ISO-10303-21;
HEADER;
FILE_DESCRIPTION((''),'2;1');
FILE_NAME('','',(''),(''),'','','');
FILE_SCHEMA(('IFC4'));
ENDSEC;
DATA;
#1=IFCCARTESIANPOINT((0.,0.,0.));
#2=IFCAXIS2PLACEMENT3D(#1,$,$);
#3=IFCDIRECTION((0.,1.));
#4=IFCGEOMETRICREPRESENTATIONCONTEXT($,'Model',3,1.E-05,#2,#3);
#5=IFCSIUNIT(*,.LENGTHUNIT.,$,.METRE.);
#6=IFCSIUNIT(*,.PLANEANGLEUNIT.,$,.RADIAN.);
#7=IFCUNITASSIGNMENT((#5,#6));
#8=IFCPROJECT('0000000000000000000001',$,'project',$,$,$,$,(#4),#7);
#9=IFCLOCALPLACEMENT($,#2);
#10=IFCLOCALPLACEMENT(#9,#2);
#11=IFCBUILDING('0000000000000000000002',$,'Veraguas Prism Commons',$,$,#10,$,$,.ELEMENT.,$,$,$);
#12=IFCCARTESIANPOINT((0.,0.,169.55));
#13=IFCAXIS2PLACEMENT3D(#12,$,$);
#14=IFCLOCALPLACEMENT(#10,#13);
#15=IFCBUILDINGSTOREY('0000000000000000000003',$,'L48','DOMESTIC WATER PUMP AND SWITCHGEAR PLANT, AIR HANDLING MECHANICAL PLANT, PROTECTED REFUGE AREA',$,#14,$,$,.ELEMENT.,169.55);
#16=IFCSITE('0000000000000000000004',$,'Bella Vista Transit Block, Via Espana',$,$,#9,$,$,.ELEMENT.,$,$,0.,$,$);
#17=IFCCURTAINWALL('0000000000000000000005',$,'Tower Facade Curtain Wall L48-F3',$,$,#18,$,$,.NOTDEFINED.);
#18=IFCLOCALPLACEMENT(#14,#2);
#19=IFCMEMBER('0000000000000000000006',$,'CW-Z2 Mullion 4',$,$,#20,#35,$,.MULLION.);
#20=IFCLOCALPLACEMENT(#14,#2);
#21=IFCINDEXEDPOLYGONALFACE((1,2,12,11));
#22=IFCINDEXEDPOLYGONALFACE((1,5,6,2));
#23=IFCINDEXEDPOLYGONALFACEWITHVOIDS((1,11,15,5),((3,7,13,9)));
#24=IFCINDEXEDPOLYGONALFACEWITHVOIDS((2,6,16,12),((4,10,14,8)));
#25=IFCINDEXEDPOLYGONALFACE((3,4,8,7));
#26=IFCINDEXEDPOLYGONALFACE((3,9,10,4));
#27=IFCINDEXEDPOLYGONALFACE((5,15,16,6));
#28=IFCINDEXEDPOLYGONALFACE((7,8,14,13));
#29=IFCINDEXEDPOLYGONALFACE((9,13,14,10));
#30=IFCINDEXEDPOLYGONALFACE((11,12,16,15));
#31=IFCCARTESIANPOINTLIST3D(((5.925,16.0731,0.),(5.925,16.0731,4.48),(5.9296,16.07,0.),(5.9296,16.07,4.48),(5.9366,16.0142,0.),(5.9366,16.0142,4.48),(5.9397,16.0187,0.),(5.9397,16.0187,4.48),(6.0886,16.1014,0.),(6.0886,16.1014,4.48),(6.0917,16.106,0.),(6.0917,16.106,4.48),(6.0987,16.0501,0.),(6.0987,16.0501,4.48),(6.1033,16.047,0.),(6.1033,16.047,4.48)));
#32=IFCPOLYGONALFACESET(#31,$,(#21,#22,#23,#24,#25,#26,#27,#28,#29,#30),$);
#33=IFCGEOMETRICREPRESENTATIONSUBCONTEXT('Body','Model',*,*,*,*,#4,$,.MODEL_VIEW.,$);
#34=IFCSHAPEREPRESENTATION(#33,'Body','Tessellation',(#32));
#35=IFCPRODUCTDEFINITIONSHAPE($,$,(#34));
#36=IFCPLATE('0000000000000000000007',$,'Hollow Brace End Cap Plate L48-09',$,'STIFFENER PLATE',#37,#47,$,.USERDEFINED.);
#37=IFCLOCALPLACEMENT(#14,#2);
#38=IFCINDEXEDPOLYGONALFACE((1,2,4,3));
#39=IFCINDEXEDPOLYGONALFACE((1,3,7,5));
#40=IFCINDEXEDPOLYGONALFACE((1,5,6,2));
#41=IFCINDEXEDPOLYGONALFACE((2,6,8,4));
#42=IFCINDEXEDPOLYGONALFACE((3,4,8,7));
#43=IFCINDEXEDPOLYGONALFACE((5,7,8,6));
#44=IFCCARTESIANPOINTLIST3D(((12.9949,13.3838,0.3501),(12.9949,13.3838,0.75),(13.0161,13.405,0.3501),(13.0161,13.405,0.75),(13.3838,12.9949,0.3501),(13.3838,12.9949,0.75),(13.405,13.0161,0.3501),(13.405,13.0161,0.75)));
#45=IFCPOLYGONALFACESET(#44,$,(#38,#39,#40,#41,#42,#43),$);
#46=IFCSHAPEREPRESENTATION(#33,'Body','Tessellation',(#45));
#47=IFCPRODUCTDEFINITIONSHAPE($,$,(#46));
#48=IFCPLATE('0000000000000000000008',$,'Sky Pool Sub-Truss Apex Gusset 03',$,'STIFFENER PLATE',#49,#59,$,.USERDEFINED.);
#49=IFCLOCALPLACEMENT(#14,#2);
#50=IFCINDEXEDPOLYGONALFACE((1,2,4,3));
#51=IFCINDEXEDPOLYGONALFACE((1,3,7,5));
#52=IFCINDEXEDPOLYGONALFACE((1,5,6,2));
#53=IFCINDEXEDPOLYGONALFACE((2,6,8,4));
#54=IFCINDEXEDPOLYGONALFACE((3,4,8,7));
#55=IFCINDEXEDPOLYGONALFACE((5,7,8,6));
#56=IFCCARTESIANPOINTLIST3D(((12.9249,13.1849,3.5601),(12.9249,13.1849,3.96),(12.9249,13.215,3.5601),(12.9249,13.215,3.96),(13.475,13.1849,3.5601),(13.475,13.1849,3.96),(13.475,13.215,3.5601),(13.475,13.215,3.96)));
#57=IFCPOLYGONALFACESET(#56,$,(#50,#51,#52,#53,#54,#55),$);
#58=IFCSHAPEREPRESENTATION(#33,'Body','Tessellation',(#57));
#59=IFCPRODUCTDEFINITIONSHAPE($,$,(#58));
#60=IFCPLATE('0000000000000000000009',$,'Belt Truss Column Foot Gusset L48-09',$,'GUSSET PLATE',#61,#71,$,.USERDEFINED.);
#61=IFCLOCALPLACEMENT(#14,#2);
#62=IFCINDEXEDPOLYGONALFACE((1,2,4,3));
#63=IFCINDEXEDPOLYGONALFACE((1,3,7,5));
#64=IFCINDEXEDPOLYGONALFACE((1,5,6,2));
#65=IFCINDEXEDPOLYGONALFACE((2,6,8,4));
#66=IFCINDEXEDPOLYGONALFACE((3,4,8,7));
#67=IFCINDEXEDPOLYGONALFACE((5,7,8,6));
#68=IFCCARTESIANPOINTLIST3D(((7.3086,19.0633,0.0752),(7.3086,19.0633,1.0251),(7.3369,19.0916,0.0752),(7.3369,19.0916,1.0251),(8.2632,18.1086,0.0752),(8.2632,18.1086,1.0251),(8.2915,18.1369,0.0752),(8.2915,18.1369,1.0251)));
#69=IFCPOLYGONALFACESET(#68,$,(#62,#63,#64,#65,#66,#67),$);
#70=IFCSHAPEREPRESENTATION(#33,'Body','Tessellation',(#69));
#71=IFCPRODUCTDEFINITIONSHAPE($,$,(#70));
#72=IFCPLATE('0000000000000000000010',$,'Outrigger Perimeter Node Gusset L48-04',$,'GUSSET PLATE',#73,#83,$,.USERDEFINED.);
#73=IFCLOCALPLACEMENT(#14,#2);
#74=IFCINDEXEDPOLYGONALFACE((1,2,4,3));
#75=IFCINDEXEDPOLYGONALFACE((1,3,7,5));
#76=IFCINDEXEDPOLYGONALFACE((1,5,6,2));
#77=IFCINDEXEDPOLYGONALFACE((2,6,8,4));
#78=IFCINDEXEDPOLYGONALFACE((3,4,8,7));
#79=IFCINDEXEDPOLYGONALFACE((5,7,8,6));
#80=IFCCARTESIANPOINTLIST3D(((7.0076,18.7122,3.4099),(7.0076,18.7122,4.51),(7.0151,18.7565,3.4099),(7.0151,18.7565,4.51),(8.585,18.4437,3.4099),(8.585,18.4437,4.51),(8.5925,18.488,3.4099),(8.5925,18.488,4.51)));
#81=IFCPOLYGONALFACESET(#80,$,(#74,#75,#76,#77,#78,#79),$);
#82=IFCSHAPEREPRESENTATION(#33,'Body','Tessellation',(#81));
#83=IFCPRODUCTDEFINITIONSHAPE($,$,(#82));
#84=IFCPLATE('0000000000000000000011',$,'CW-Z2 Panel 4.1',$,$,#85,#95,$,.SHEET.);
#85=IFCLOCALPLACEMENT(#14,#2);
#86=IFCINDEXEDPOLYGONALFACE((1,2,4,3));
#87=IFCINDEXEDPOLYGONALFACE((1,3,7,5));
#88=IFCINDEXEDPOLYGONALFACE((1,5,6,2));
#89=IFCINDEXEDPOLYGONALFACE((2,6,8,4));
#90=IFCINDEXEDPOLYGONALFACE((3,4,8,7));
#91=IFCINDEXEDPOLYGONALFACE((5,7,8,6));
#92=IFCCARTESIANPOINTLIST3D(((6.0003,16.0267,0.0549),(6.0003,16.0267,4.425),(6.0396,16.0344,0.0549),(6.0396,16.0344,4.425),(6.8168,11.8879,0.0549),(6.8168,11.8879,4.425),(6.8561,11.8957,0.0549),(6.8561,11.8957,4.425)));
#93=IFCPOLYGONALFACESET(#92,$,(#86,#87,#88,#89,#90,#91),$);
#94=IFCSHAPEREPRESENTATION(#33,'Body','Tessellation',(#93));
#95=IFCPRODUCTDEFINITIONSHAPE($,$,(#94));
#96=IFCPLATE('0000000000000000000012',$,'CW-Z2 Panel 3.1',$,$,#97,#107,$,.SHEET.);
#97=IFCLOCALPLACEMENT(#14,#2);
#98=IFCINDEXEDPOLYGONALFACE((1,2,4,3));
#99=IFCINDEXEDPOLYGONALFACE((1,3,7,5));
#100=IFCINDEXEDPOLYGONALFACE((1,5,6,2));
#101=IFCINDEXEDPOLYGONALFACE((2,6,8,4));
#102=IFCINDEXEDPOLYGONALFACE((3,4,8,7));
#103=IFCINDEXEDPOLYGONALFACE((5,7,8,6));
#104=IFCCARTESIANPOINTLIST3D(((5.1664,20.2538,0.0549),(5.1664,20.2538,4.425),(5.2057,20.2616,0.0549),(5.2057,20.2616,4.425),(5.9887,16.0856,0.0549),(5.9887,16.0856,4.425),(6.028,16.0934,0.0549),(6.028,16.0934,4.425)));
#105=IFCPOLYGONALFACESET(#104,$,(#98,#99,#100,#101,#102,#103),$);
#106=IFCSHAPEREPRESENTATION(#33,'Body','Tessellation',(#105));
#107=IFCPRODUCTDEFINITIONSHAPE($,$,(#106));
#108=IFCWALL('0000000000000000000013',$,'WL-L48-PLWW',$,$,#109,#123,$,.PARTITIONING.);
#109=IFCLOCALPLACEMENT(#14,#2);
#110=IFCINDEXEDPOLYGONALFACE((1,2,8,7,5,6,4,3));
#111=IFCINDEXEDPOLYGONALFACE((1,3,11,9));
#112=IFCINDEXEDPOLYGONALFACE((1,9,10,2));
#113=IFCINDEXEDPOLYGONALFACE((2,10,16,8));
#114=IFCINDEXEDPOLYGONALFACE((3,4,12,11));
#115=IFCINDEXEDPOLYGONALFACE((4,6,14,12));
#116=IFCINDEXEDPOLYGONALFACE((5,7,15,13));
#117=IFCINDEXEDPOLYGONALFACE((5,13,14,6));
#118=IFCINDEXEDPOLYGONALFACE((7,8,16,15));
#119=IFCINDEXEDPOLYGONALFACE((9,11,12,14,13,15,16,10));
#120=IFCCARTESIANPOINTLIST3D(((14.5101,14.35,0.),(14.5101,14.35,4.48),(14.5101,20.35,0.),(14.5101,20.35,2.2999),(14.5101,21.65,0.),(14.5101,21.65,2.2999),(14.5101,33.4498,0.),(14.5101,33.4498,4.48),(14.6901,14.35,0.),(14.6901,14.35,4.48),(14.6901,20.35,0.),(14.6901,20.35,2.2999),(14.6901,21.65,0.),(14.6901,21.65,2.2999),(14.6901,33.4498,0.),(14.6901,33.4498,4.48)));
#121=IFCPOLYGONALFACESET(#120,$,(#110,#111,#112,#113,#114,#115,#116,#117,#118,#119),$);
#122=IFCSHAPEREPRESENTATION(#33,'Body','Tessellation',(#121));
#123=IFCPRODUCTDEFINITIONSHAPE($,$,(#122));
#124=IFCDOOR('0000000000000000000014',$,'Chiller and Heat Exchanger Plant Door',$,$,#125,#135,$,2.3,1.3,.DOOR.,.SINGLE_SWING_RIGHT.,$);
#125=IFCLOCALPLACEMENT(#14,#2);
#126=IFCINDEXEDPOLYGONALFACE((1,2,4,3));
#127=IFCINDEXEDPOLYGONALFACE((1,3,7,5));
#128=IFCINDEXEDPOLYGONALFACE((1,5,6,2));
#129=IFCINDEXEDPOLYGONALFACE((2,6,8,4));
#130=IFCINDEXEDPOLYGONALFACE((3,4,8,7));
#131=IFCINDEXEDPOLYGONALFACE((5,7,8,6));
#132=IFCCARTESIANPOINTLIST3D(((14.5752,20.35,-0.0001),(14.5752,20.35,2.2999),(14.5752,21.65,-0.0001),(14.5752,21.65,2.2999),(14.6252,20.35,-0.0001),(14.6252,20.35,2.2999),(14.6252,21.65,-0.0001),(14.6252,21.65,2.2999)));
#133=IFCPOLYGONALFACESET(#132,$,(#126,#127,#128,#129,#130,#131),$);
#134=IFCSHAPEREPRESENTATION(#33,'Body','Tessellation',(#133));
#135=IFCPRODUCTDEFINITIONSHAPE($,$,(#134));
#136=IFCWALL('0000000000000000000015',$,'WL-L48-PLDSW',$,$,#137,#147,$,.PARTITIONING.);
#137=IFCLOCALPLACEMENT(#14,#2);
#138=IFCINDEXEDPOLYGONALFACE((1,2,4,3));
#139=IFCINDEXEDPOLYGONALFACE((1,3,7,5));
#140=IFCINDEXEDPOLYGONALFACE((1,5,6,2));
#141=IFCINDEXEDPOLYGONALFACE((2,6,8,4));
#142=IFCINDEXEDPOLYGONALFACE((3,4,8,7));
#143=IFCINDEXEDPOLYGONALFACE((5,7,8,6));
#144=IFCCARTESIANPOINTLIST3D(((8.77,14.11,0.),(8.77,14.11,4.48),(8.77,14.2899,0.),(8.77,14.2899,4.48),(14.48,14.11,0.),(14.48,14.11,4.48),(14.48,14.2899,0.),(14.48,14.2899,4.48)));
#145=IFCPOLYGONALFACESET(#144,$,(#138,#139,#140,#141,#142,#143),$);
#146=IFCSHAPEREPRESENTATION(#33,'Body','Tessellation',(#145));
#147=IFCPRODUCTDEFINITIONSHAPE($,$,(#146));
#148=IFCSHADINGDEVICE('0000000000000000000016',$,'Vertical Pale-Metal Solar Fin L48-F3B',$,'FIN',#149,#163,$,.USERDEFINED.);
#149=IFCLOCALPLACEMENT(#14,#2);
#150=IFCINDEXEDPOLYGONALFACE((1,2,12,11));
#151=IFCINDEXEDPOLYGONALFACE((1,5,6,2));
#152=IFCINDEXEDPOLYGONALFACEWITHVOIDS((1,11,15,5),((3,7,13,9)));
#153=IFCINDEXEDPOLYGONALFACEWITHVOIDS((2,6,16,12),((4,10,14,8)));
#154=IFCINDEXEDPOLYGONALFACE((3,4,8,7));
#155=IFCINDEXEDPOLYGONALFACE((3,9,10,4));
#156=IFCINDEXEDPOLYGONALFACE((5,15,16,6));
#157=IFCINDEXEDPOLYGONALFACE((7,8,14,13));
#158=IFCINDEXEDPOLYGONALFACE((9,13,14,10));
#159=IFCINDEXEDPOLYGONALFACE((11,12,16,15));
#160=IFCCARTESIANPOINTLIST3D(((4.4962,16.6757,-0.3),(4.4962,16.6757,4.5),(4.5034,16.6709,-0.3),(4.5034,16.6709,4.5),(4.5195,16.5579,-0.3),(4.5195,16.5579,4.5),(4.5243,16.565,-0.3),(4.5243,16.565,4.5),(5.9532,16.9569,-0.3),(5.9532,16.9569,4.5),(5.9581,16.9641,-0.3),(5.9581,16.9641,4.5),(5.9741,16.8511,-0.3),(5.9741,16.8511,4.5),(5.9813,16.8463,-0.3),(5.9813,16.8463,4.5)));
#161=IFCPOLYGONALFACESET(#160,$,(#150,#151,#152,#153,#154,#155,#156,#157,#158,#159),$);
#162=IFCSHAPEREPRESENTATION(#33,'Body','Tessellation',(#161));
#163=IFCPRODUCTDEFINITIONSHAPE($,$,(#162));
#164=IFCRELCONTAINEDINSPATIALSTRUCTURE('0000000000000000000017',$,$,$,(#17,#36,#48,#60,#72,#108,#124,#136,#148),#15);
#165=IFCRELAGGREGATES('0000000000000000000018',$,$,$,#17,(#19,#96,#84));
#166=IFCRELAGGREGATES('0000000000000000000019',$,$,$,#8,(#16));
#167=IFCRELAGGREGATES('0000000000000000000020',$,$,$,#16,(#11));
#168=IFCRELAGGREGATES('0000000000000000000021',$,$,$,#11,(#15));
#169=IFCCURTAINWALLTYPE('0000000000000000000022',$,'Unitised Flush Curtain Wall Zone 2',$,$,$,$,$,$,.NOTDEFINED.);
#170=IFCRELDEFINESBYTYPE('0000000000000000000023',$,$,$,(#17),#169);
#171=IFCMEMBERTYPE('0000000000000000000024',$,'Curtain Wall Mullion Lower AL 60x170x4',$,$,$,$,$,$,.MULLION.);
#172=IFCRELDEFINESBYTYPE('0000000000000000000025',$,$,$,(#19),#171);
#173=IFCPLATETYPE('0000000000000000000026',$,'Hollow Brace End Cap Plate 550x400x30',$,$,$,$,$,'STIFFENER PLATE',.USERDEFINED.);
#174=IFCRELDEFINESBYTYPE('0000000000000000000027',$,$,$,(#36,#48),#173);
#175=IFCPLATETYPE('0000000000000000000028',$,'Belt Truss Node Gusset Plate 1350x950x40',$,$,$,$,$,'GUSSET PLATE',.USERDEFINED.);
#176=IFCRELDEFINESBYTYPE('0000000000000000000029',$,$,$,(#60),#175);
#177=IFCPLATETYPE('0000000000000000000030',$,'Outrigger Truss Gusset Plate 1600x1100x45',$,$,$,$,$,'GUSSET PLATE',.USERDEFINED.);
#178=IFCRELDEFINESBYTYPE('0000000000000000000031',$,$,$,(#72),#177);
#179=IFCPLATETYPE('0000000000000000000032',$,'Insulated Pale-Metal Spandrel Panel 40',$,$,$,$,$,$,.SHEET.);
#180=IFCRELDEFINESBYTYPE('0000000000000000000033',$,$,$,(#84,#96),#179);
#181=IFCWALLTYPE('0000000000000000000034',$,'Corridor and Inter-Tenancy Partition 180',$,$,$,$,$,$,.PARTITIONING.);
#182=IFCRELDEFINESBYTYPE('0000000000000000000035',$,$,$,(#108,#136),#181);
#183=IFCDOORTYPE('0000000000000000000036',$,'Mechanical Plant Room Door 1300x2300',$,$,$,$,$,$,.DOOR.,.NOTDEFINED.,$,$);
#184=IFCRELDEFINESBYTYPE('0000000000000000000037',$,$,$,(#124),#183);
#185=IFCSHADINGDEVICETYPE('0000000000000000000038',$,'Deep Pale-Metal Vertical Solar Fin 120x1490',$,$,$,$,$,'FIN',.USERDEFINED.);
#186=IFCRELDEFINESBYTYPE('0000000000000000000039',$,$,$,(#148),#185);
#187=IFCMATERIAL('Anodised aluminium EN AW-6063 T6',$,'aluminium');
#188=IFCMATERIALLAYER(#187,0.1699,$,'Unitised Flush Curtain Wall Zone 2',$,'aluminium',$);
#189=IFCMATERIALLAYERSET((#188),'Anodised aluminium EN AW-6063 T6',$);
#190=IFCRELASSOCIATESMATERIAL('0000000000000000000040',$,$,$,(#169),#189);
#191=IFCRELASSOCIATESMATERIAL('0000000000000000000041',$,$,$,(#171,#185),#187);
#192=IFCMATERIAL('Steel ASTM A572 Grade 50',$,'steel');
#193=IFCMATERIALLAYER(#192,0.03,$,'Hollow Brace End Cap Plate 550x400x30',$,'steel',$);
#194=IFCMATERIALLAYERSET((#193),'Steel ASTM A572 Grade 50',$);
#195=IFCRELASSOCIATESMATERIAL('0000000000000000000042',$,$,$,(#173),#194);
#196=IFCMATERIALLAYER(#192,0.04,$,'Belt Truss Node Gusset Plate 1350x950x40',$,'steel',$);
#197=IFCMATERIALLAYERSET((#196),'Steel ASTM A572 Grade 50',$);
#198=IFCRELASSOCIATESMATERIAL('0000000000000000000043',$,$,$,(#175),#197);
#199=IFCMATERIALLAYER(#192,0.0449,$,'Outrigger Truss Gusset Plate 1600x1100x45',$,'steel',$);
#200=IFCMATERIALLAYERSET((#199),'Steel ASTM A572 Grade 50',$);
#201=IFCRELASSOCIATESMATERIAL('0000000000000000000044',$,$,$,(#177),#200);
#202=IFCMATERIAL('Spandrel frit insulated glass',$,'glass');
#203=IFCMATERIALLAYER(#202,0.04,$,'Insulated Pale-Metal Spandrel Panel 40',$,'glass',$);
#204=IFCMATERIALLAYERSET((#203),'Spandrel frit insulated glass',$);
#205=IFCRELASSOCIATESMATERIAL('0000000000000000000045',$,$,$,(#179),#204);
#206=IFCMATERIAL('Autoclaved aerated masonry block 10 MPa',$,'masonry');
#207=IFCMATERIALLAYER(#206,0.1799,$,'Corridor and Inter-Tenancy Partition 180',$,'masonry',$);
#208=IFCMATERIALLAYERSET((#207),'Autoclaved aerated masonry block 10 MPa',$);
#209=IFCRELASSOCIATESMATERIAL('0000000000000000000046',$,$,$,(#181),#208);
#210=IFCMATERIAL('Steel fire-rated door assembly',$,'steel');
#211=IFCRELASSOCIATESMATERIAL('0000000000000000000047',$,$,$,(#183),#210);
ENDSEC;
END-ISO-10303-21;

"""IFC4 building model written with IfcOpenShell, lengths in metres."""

from ifc_helpers import new_model, si_unit, direction, frame, frame_2d, origin, origin_2d, place, context, subcontext, project, spatial, rectangle, hollow_rectangle, extrude, source, transform, mapped, material, layer, layer_set, material_profile, profile_set, type_object, element, fill, aggregate, save


model = new_model("IFC4")

# Units and contexts
model_context = context("Model", 3, precision=1e-05, world=origin(), true_north=direction((0.0, 1.0)))
body_context = subcontext(model_context, "Body", "Model", "MODEL_VIEW")
ifc_project = project(units=[si_unit("LENGTHUNIT", "METRE"), si_unit("PLANEANGLEUNIT", "RADIAN")], contexts=[model_context])

# Site, building, storey
site_placement = place(None, origin())
site = spatial("IfcSite", under=ifc_project, at=site_placement, Name="Bella Vista Transit Block, Via Espana", CompositionType="ELEMENT", RefElevation=0.0)
building_placement = place(site_placement, origin())
building = spatial("IfcBuilding", under=site, at=building_placement, Name="Veraguas Prism Commons", CompositionType="ELEMENT")
storey_placement = place(building_placement, frame((0.0, 0.0, 169.55)))
storey = spatial("IfcBuildingStorey", under=building, at=storey_placement, Name="L48", Description="DOMESTIC WATER PUMP AND SWITCHGEAR PLANT, AIR HANDLING MECHANICAL PLANT, PROTECTED REFUGE AREA", CompositionType="ELEMENT", Elevation=169.55)

# Curtain wall, member
ifc_material_1 = material(Name="Anodised aluminium EN AW-6063 T6", Category="aluminium")
ifc_layer_1 = layer(ifc_material_1, 0.1699, Name="Unitised Flush Curtain Wall Zone 2", Category="aluminium")
ifc_layer_set_1 = layer_set([ifc_layer_1], Name="Anodised aluminium EN AW-6063 T6")
curtain_wall_type = type_object("IfcCurtainWallType", Name="Unitised Flush Curtain Wall Zone 2", PredefinedType="NOTDEFINED", material=ifc_layer_set_1)
curtain_wall_placement = place(storey_placement, origin())
curtain_wall = element("IfcCurtainWall", 1, at=curtain_wall_placement, inside=storey, type_object=curtain_wall_type, Name="Tower Facade Curtain Wall L48-F3", PredefinedType="NOTDEFINED")
ifc_material_profile_1 = material_profile(ifc_material_1, hollow_rectangle(XDim=0.0601, YDim=0.1699, WallThickness=0.0039, at=origin_2d()), Name="AL60X170X4")
ifc_profile_set_1 = profile_set([ifc_material_profile_1], Name="Anodised aluminium EN AW-6063 T6")
member_type_1 = type_object("IfcMemberType", Name="Curtain Wall Mullion Lower AL 60x170x4", PredefinedType="MULLION", material=ifc_profile_set_1)
shared_shape_1 = source(origin(), body_context, "Body", "SweptSolid", [
    extrude(hollow_rectangle(XDim=0.0601, YDim=0.1699, WallThickness=0.0039, at=origin_2d()), origin(), (0.0, 0.0, 1.0), 4.48),
])
member_1_placement = place(storey_placement, frame((6.0142, 16.0601, 0.0), z_axis=(0.0, 0.0, 1.0), x_axis=(0.193549, -0.981091, 0.0)))
member_1 = element("IfcMember", 2, at=member_1_placement, type_object=member_type_1, Name="CW-Z2 Mullion 4", PredefinedType="MULLION", context=body_context, shape_type="MappedRepresentation", body=[
    mapped(shared_shape_1, transform((0.0, 0.0, 0.0), scale=1.0)),
])

# Plates
ifc_material_2 = material(Name="Steel ASTM A572 Grade 50", Category="steel")
ifc_layer_2 = layer(ifc_material_2, 0.03, Name="Hollow Brace End Cap Plate 550x400x30", Category="steel")
ifc_layer_set_2 = layer_set([ifc_layer_2], Name="Steel ASTM A572 Grade 50")
plate_type_1 = type_object("IfcPlateType", Name="Hollow Brace End Cap Plate 550x400x30", ElementType="STIFFENER PLATE", PredefinedType="USERDEFINED", material=ifc_layer_set_2)
shared_shape_2 = source(origin(), body_context, "Body", "SweptSolid", [
    extrude(rectangle(XDim=0.55, YDim=0.03, at=origin_2d()), origin(), (0.0, 0.0, 1.0), 0.3999),
])
for number, where, z_axis, x_axis, name in (
    (3, (13.2, 13.2, 0.3501), (0.0, 0.0, 1.0), (0.707107, -0.707107, 0.0), "Hollow Brace End Cap Plate L48-09"),
    (4, (13.2, 13.2, 3.5601), (0.0, 0.0, 1.0), (1.0, 0.0, 0.0), "Sky Pool Sub-Truss Apex Gusset 03"),
):
    element("IfcPlate", number, at=place(storey_placement, frame(where, z_axis=z_axis, x_axis=x_axis)), inside=storey, type_object=plate_type_1, Name=name, ObjectType="STIFFENER PLATE", PredefinedType="USERDEFINED", context=body_context, shape_type="MappedRepresentation", body=[
        mapped(shared_shape_2, transform((0.0, 0.0, 0.0), scale=1.0)),
    ])
ifc_layer_3 = layer(ifc_material_2, 0.04, Name="Belt Truss Node Gusset Plate 1350x950x40", Category="steel")
ifc_layer_set_3 = layer_set([ifc_layer_3], Name="Steel ASTM A572 Grade 50")
plate_type_2 = type_object("IfcPlateType", Name="Belt Truss Node Gusset Plate 1350x950x40", ElementType="GUSSET PLATE", PredefinedType="USERDEFINED", material=ifc_layer_set_3)
shared_shape_3 = source(origin(), body_context, "Body", "SweptSolid", [
    extrude(rectangle(XDim=1.3501, YDim=0.04, at=origin_2d()), origin(), (0.0, 0.0, 1.0), 0.95),
])
plate_1_placement = place(storey_placement, frame((7.8, 18.6001, 0.0752), z_axis=(0.0, 0.0, 1.0), x_axis=(0.707107, -0.707107, 0.0)))
element("IfcPlate", 5, at=plate_1_placement, inside=storey, type_object=plate_type_2, Name="Belt Truss Column Foot Gusset L48-09", ObjectType="GUSSET PLATE", PredefinedType="USERDEFINED", context=body_context, shape_type="MappedRepresentation", body=[
    mapped(shared_shape_3, transform((0.0, 0.0, 0.0), scale=1.0)),
])
ifc_layer_4 = layer(ifc_material_2, 0.0449, Name="Outrigger Truss Gusset Plate 1600x1100x45", Category="steel")
ifc_layer_set_4 = layer_set([ifc_layer_4], Name="Steel ASTM A572 Grade 50")
plate_type_3 = type_object("IfcPlateType", Name="Outrigger Truss Gusset Plate 1600x1100x45", ElementType="GUSSET PLATE", PredefinedType="USERDEFINED", material=ifc_layer_set_4)
shared_shape_4 = source(origin(), body_context, "Body", "SweptSolid", [
    extrude(rectangle(XDim=1.6001, YDim=0.0449, at=origin_2d()), origin(), (0.0, 0.0, 1.0), 1.1001),
])
plate_2_placement = place(storey_placement, frame((7.8, 18.6001, 3.4099), z_axis=(0.0, 0.0, 1.0), x_axis=(-0.985821, 0.167799, 0.0)))
element("IfcPlate", 6, at=plate_2_placement, inside=storey, type_object=plate_type_3, Name="Outrigger Perimeter Node Gusset L48-04", ObjectType="GUSSET PLATE", PredefinedType="USERDEFINED", context=body_context, shape_type="MappedRepresentation", body=[
    mapped(shared_shape_4, transform((0.0, 0.0, 0.0), scale=1.0)),
])

# Plates
ifc_material_3 = material(Name="Spandrel frit insulated glass", Category="glass")
ifc_layer_5 = layer(ifc_material_3, 0.04, Name="Insulated Pale-Metal Spandrel Panel 40", Category="glass")
ifc_layer_set_5 = layer_set([ifc_layer_5], Name="Spandrel frit insulated glass")
plate_type_4 = type_object("IfcPlateType", Name="Insulated Pale-Metal Spandrel Panel 40", PredefinedType="SHEET", material=ifc_layer_set_5)
shared_shape_5 = source(origin(), body_context, "Body", "SweptSolid", [
    extrude(rectangle(XDim=4.2185, YDim=0.04, at=origin_2d()), origin(), (0.0, 0.0, 1.0), 4.3701),
])
plate_3_placement = place(storey_placement, frame((6.4282, 13.9612, 0.0549), z_axis=(0.0, 0.0, 1.0), x_axis=(0.193549, -0.981091, 0.0)))
plate_3 = element("IfcPlate", 7, at=plate_3_placement, type_object=plate_type_4, Name="CW-Z2 Panel 4.1", PredefinedType="SHEET", context=body_context, shape_type="MappedRepresentation", body=[
    mapped(shared_shape_5, transform((0.0, 0.0, 0.0), scale=1.0)),
])
shared_shape_6 = source(origin(), body_context, "Body", "SweptSolid", [
    extrude(rectangle(XDim=4.2485, YDim=0.04, at=origin_2d()), origin(), (0.0, 0.0, 1.0), 4.3701),
])
plate_4_placement = place(storey_placement, frame((5.5972, 18.1736, 0.0549), z_axis=(0.0, 0.0, 1.0), x_axis=(0.193549, -0.981091, 0.0)))
plate_4 = element("IfcPlate", 8, at=plate_4_placement, type_object=plate_type_4, Name="CW-Z2 Panel 3.1", PredefinedType="SHEET", context=body_context, shape_type="MappedRepresentation", body=[
    mapped(shared_shape_6, transform((0.0, 0.0, 0.0), scale=1.0)),
])
aggregate(curtain_wall, [member_1, plate_4, plate_3])

# Wall, opening, door
ifc_material_4 = material(Name="Autoclaved aerated masonry block 10 MPa", Category="masonry")
ifc_layer_6 = layer(ifc_material_4, 0.1799, Name="Corridor and Inter-Tenancy Partition 180", Category="masonry")
ifc_layer_set_6 = layer_set([ifc_layer_6], Name="Autoclaved aerated masonry block 10 MPa")
wall_type = type_object("IfcWallType", Name="Corridor and Inter-Tenancy Partition 180", PredefinedType="PARTITIONING", material=ifc_layer_set_6)
wall_1_placement = place(storey_placement, frame((14.6001, 14.3501, 0.0), z_axis=(0.0, 0.0, 1.0), x_axis=(0.0, 1.0, 0.0)))
wall_1 = element("IfcWall", 9, at=wall_1_placement, inside=storey, type_object=wall_type, Name="WL-L48-PLWW", PredefinedType="PARTITIONING", context=body_context, shape_type="SweptSolid", body=[
    extrude(rectangle(XDim=19.0999, YDim=0.1799, at=frame_2d((9.5498, 0.0))), origin(), (0.0, 0.0, 1.0), 4.48),
])
opening_placement = place(wall_1_placement, frame((6.0, 0.0, 0.0)))
opening = element("IfcOpeningElement", 10, at=opening_placement, cuts=wall_1, PredefinedType="OPENING", context=body_context, shape_type="SweptSolid", body=[
    extrude(rectangle(XDim=1.3, YDim=2.3, at=frame_2d((0.6499, 1.1499))), frame((0.0, 0.0999, 0.0), z_axis=(0.0, -1.0, 0.0), x_axis=(1.0, 0.0, 0.0)), (0.0, 0.0, 1.0), 0.2),
])
ifc_material_5 = material(Name="Steel fire-rated door assembly", Category="steel")
door_type = type_object("IfcDoorType", Name="Mechanical Plant Room Door 1300x2300", OperationType="NOTDEFINED", PredefinedType="DOOR", material=ifc_material_5)
shared_shape_7 = source(origin(), body_context, "Body", "SweptSolid", [
    extrude(rectangle(XDim=1.3, YDim=2.3, at=frame_2d((0.6499, 1.1499))), frame((0.0, 0.0249, 0.0), z_axis=(0.0, -1.0, 0.0), x_axis=(1.0, 0.0, 0.0)), (0.0, 0.0, 1.0), 0.05),
])
door_placement = place(opening_placement, origin())
door = element("IfcDoor", 11, at=door_placement, inside=storey, type_object=door_type, Name="Chiller and Heat Exchanger Plant Door", OperationType="SINGLE_SWING_RIGHT", OverallHeight=2.3, OverallWidth=1.3, PredefinedType="DOOR", context=body_context, shape_type="MappedRepresentation", body=[
    mapped(shared_shape_7, transform((0.0, 0.0, 0.0), scale=1.0)),
])
fill(opening, door)

# Wall
wall_2_placement = place(storey_placement, frame((8.77, 14.2, 0.0), z_axis=(0.0, 0.0, 1.0), x_axis=(1.0, 0.0, 0.0)))
element("IfcWall", 12, at=wall_2_placement, inside=storey, type_object=wall_type, Name="WL-L48-PLDSW", PredefinedType="PARTITIONING", context=body_context, shape_type="SweptSolid", body=[
    extrude(rectangle(XDim=5.71, YDim=0.1799, at=frame_2d((2.855, 0.0))), origin(), (0.0, 0.0, 1.0), 4.48),
])

# Shading device
ifc_material_profile_2 = material_profile(ifc_material_1, hollow_rectangle(XDim=0.1201, YDim=1.49, WallThickness=0.0061, at=origin_2d()), Name="FIN120X1490X6")
ifc_profile_set_2 = profile_set([ifc_material_profile_2], Name="Anodised aluminium EN AW-6063 T6")
shading_device_type = type_object("IfcShadingDeviceType", Name="Deep Pale-Metal Vertical Solar Fin 120x1490", ElementType="FIN", PredefinedType="USERDEFINED", material=ifc_profile_set_2)
shading_device_placement = place(storey_placement, frame((5.2388, 16.761, -0.3), z_axis=(0.0, 0.0, 1.0), x_axis=(0.193546, -0.981091, 0.0)))
element("IfcShadingDevice", 13, at=shading_device_placement, inside=storey, type_object=shading_device_type, Name="Vertical Pale-Metal Solar Fin L48-F3B", ObjectType="FIN", PredefinedType="USERDEFINED", context=body_context, shape_type="SweptSolid", body=[
    extrude(hollow_rectangle(XDim=0.1201, YDim=1.49, WallThickness=0.0061, at=origin_2d()), origin(), (0.0, 0.0, 1.0), 4.8),
])

save(model, "model.ifc")
